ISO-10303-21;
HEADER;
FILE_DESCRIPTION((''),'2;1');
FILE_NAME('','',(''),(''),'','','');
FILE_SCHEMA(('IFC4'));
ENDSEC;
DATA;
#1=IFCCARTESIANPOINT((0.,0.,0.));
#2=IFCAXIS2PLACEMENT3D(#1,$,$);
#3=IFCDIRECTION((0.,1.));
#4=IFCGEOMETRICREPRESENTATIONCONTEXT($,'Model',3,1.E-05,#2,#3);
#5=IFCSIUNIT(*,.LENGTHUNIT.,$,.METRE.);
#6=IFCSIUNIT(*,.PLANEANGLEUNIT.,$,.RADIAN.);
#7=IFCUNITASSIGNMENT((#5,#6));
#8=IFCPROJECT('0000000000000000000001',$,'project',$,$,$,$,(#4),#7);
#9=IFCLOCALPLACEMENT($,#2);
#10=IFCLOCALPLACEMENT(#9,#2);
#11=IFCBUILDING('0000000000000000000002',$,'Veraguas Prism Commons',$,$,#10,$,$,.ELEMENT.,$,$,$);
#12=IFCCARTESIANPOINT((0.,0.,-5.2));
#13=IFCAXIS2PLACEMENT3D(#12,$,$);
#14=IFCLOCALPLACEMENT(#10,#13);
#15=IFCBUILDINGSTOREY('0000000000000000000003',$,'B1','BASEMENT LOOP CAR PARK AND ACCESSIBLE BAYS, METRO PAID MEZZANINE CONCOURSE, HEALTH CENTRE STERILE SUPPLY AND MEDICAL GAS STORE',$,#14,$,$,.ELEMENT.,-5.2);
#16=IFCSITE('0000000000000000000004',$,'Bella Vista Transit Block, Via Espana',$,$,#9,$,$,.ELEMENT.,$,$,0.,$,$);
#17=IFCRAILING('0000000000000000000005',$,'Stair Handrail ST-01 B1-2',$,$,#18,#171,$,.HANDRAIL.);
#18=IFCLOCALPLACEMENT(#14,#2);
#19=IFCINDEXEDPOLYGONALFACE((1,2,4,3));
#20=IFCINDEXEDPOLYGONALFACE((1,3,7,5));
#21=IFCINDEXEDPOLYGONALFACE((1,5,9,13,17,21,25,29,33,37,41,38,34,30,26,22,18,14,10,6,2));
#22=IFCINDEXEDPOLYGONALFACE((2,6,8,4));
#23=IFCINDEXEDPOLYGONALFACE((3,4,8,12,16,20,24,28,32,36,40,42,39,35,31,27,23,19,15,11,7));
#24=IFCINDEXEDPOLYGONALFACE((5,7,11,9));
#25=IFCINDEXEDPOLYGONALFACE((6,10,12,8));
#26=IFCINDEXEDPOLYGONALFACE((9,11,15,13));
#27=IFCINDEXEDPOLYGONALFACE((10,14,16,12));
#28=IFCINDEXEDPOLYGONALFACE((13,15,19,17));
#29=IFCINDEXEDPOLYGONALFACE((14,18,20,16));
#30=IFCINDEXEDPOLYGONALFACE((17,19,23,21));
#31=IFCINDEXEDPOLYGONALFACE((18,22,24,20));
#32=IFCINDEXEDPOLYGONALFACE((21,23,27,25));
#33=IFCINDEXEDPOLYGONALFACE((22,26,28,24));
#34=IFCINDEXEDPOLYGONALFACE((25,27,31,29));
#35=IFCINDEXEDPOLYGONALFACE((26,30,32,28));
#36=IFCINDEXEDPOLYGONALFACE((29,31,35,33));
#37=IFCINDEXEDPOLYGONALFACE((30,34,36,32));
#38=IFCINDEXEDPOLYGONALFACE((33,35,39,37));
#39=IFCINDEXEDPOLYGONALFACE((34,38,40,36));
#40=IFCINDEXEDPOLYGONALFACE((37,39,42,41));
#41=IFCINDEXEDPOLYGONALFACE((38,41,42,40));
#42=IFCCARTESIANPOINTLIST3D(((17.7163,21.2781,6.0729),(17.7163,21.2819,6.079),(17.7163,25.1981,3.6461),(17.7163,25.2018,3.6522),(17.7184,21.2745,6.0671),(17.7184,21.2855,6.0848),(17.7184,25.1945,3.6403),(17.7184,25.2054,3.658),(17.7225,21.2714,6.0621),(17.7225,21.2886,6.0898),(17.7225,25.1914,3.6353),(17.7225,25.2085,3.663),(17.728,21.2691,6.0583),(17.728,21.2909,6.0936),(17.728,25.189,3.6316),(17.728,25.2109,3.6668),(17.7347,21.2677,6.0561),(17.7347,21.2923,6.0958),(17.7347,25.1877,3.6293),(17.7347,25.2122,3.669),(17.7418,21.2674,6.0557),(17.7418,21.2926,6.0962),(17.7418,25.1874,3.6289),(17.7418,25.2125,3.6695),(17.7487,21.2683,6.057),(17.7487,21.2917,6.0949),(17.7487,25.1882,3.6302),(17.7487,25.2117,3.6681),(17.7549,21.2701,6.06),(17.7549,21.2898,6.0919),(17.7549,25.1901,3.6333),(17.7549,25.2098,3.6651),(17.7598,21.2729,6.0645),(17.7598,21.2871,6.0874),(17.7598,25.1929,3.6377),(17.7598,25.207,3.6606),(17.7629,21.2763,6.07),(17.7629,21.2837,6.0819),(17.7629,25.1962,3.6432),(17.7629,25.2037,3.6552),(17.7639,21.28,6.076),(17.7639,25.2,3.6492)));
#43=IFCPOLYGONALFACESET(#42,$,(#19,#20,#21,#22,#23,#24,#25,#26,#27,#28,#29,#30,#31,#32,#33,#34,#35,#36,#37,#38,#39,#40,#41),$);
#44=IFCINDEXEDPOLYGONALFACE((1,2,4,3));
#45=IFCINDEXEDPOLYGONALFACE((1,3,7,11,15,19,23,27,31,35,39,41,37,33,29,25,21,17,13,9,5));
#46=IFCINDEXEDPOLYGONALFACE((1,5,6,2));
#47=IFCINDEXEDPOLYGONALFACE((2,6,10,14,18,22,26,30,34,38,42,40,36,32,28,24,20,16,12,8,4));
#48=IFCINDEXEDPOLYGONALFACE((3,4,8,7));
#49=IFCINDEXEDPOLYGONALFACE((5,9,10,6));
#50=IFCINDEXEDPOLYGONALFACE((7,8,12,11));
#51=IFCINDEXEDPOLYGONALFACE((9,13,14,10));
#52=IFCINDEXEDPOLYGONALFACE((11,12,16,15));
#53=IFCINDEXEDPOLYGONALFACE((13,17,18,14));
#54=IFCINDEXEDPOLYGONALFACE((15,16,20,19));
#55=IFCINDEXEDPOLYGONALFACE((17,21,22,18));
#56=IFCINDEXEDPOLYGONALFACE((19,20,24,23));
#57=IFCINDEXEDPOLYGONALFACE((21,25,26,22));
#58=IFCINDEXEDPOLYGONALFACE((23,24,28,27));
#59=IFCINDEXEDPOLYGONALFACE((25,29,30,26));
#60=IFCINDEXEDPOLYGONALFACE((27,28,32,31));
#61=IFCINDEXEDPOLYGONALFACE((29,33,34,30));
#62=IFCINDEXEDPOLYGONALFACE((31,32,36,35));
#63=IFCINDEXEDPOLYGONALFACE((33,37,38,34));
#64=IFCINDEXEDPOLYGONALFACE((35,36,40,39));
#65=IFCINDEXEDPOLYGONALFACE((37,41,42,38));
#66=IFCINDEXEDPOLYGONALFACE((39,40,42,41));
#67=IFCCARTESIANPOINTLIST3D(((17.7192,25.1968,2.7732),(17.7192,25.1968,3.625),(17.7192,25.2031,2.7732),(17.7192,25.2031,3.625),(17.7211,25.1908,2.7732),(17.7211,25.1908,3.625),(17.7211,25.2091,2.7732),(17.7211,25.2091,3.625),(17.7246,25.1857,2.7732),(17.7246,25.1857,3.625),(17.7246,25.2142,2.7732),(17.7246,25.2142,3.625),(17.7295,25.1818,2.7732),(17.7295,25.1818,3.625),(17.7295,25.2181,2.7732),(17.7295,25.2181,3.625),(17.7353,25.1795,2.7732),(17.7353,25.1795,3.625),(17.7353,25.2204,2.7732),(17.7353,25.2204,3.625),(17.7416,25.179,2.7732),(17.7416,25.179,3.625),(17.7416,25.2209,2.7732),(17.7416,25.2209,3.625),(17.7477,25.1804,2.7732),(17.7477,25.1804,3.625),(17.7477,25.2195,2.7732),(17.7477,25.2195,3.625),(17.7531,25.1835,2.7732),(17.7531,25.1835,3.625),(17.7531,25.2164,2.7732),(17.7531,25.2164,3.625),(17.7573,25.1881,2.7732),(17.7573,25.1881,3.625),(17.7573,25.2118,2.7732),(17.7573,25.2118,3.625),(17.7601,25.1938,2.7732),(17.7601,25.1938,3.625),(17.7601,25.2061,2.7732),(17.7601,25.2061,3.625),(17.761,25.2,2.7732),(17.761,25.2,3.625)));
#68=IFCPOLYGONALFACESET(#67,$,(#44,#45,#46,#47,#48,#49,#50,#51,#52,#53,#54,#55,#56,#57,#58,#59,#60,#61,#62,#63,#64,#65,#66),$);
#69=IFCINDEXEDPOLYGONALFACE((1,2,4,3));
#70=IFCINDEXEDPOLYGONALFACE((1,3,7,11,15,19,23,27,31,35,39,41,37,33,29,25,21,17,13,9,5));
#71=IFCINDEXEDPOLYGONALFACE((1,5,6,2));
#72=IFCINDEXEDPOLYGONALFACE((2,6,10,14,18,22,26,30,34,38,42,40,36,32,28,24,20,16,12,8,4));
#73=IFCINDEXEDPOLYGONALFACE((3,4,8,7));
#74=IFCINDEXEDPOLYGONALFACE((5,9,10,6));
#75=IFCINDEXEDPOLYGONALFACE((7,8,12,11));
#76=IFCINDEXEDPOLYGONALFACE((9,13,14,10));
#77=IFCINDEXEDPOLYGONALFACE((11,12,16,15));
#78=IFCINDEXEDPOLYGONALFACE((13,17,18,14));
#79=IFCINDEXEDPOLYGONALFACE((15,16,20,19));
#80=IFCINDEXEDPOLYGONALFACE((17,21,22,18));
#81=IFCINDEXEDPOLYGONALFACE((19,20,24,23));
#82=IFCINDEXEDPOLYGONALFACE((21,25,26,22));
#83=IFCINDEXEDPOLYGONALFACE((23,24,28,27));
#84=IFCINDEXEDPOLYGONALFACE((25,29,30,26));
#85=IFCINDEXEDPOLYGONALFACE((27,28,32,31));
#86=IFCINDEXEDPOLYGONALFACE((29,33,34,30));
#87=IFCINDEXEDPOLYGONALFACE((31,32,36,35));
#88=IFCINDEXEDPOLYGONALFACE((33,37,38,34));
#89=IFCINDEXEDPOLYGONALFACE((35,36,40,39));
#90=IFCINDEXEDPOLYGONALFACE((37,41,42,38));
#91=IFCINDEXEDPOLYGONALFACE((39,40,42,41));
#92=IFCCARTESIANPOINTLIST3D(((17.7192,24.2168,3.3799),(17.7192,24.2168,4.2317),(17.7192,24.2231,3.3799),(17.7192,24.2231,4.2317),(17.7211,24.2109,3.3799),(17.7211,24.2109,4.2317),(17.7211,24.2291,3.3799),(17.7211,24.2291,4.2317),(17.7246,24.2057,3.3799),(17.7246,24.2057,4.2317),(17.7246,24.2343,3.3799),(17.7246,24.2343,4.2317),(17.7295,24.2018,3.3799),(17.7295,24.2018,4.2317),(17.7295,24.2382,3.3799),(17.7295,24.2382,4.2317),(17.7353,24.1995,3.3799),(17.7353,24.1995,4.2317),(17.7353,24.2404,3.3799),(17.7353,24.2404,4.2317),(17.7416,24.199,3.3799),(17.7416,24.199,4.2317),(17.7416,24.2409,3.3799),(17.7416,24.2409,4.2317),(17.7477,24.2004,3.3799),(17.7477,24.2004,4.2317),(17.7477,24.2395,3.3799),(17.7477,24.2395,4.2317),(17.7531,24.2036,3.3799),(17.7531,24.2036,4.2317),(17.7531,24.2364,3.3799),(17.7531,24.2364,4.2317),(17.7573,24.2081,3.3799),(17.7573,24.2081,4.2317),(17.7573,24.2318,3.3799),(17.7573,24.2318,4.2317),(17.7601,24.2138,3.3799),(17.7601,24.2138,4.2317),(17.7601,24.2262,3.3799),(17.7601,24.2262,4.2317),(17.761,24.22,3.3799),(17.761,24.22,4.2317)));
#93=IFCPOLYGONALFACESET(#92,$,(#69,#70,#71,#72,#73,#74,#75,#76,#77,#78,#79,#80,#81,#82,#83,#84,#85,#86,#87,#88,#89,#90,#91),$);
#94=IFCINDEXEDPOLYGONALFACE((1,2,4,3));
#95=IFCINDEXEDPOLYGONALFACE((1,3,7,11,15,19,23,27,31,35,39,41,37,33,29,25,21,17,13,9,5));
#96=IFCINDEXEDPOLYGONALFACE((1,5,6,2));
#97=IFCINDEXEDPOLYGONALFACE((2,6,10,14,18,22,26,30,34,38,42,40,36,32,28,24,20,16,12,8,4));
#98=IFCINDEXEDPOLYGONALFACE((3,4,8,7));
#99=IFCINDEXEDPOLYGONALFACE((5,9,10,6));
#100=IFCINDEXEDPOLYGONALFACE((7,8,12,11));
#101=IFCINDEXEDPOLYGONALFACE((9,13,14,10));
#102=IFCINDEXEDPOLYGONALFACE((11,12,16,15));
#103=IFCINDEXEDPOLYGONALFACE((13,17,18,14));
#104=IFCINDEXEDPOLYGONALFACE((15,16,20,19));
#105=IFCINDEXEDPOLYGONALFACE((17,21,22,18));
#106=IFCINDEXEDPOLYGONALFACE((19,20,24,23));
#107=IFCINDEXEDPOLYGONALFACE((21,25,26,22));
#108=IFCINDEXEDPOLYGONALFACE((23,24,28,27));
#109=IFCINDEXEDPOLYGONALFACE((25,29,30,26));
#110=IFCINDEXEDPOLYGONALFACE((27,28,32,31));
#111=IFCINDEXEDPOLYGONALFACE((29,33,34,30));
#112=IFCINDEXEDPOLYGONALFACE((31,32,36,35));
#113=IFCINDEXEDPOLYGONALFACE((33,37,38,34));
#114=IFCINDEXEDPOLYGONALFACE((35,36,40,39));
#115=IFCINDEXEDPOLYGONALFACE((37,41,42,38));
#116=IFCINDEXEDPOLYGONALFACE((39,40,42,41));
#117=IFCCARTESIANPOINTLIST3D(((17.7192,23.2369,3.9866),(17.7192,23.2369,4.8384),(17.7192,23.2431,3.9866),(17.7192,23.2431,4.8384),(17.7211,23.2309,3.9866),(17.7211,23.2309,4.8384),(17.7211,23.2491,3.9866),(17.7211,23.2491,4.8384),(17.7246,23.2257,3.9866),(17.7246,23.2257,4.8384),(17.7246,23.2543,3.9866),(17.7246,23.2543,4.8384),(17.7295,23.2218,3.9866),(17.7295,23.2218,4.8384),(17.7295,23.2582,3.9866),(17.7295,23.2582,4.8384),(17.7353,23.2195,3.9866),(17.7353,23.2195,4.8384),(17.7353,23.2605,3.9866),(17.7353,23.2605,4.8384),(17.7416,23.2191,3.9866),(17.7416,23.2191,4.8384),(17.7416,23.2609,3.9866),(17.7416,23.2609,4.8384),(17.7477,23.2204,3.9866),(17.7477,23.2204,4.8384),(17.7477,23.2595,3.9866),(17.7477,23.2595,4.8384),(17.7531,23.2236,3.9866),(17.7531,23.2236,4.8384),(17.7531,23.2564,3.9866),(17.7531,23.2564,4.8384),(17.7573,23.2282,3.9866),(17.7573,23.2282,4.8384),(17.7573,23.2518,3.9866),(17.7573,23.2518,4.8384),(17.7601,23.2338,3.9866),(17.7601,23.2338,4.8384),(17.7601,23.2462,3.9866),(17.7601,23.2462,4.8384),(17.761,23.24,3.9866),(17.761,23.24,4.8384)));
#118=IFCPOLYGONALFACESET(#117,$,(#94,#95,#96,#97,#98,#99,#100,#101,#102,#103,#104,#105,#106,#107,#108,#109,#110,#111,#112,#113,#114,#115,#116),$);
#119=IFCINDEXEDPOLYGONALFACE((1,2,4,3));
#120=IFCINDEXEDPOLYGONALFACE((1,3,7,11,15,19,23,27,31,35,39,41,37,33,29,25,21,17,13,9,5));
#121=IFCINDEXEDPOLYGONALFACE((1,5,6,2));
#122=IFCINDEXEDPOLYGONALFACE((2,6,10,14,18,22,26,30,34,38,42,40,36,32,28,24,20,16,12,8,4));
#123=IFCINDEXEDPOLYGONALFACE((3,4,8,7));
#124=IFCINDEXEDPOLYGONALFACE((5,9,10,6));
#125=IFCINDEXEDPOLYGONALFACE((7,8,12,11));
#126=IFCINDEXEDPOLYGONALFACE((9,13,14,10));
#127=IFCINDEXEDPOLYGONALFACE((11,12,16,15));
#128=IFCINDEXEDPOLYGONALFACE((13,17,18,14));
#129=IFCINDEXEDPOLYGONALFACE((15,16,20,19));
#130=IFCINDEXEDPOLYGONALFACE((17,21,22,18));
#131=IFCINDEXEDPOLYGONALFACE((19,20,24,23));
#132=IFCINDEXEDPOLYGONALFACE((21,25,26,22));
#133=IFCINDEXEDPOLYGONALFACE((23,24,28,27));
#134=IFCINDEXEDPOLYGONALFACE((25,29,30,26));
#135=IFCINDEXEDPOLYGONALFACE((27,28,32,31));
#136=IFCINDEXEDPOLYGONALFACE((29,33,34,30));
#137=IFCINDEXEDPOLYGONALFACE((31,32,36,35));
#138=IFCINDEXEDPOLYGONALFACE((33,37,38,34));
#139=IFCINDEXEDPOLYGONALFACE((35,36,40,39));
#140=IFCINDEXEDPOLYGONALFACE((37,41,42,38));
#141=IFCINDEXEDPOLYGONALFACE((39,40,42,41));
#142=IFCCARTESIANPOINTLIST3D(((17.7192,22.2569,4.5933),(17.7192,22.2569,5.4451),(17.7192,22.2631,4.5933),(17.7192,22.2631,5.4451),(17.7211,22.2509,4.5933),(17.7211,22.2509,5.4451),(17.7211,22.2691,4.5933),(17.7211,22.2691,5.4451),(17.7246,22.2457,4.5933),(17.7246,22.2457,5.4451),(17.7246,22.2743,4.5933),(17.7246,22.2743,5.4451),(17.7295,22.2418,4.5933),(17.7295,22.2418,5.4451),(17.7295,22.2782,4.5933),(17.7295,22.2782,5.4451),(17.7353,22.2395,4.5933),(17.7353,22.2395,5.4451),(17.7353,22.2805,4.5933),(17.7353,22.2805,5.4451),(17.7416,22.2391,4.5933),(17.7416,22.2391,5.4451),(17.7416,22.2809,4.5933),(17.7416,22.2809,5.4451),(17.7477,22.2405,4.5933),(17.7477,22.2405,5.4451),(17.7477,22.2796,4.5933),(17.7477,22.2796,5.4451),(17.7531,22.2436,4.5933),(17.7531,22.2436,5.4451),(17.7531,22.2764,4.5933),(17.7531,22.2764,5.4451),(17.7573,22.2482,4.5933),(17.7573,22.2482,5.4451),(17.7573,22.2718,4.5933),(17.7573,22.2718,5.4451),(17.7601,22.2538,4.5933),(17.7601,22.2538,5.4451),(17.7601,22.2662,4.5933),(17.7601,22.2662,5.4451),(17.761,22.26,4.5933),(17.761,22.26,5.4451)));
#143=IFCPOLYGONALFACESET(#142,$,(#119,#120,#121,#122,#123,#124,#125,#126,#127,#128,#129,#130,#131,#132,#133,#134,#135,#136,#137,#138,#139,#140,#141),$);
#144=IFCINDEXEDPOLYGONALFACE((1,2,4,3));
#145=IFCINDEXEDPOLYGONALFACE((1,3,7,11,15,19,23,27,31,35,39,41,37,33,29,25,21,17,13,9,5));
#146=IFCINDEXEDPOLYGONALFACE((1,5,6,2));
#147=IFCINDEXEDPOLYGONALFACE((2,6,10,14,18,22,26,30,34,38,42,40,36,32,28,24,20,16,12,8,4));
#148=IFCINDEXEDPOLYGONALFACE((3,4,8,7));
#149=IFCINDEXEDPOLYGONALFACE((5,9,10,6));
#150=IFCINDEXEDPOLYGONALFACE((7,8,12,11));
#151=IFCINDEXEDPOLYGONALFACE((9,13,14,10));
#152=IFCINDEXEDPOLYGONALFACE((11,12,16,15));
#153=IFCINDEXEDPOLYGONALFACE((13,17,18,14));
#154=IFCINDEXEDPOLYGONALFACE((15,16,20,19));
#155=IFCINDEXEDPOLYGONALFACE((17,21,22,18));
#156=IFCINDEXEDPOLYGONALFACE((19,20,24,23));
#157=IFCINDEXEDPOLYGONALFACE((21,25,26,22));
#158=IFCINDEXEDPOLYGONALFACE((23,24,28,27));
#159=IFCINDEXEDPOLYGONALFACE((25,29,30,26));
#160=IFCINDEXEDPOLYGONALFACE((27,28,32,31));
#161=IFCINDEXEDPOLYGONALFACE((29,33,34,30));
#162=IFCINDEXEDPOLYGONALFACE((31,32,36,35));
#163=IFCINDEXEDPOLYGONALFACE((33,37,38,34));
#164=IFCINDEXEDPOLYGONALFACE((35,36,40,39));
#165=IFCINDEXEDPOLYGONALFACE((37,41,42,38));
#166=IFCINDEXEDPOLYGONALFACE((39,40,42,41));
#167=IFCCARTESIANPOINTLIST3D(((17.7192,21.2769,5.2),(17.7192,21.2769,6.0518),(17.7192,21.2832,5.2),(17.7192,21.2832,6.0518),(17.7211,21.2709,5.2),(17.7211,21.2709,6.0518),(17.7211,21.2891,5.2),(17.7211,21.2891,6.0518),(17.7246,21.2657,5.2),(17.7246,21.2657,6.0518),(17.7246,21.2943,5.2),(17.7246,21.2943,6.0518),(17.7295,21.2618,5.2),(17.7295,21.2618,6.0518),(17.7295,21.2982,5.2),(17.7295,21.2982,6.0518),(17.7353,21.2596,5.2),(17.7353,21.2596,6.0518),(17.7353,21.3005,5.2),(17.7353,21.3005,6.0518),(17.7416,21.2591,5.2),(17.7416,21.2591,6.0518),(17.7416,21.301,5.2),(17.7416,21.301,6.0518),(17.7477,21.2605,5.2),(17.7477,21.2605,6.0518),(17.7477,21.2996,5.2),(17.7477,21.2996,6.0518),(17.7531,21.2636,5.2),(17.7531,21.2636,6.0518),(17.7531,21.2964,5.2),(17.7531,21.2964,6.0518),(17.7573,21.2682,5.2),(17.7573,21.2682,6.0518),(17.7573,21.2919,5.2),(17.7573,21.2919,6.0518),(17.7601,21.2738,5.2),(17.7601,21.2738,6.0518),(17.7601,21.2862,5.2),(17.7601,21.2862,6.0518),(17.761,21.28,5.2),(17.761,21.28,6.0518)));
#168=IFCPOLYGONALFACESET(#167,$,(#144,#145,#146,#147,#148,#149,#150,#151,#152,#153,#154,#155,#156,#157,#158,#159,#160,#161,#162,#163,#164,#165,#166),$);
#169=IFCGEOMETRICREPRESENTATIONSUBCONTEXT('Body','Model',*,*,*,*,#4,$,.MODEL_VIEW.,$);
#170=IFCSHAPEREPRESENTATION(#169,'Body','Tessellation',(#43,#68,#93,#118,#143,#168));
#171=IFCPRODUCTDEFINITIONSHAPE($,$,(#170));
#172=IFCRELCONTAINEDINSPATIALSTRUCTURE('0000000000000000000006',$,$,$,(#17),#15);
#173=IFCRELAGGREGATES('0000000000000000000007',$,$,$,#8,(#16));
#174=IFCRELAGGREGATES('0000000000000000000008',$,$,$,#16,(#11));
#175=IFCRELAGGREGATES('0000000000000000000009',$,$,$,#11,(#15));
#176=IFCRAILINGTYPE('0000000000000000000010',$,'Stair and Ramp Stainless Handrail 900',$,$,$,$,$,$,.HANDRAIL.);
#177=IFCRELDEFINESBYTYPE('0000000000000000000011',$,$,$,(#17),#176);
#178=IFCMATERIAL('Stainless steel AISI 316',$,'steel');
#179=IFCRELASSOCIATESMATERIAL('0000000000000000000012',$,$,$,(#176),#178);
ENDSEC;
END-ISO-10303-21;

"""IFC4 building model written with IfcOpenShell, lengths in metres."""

from ifc_helpers import new_model, si_unit, direction, frame, origin, origin_2d, place, context, subcontext, project, spatial, circle, extrude, material, type_object, element, save


model = new_model("IFC4")

# Units and contexts
model_context = context("Model", 3, precision=1e-05, world=origin(), true_north=direction((0.0, 1.0)))
body_context = subcontext(model_context, "Body", "Model", "MODEL_VIEW")
ifc_project = project(units=[si_unit("LENGTHUNIT", "METRE"), si_unit("PLANEANGLEUNIT", "RADIAN")], contexts=[model_context])

# Site, building, storey
site_placement = place(None, origin())
site = spatial("IfcSite", under=ifc_project, at=site_placement, Name="Bella Vista Transit Block, Via Espana", CompositionType="ELEMENT", RefElevation=0.0)
building_placement = place(site_placement, origin())
building = spatial("IfcBuilding", under=site, at=building_placement, Name="Veraguas Prism Commons", CompositionType="ELEMENT")
storey_placement = place(building_placement, frame((0.0, 0.0, -5.2)))
storey = spatial("IfcBuildingStorey", under=building, at=storey_placement, Name="B1", Description="BASEMENT LOOP CAR PARK AND ACCESSIBLE BAYS, METRO PAID MEZZANINE CONCOURSE, HEALTH CENTRE STERILE SUPPLY AND MEDICAL GAS STORE", CompositionType="ELEMENT", Elevation=-5.2)

# Railing
ifc_material_1 = material(Name="Stainless steel AISI 316", Category="steel")
railing_type_1 = type_object("IfcRailingType", Name="Stair and Ramp Stainless Handrail 900", PredefinedType="HANDRAIL", material=ifc_material_1)
railing_1_placement = place(storey_placement, frame((17.74, 25.2, 2.7732)))
element("IfcRailing", 1, at=railing_1_placement, inside=storey, type_object=railing_type_1, Name="Stair Handrail ST-01 B1-2", PredefinedType="HANDRAIL", context=body_context, shape_type="SweptSolid", body=[
    extrude(circle(Radius=0.0239, at=origin_2d()), frame((0.0, 0.0, 0.876), z_axis=(0.0, -0.850252, 0.526376), x_axis=(1.0, 0.0, 0.0)), (0.0, 0.0, 1.0), 4.6104),
    extrude(circle(Radius=0.021, at=origin_2d()), origin(), (0.0, 0.0, 1.0), 0.8518),
    extrude(circle(Radius=0.021, at=origin_2d()), frame((0.0, -0.98, 0.6067)), (0.0, 0.0, 1.0), 0.8518),
    extrude(circle(Radius=0.021, at=origin_2d()), frame((0.0, -1.96, 1.2134)), (0.0, 0.0, 1.0), 0.8518),
    extrude(circle(Radius=0.021, at=origin_2d()), frame((0.0, -2.9399, 1.8201)), (0.0, 0.0, 1.0), 0.8518),
    extrude(circle(Radius=0.021, at=origin_2d()), frame((0.0, -3.9199, 2.4268)), (0.0, 0.0, 1.0), 0.8518),
])

save(model, "model.ifc")
